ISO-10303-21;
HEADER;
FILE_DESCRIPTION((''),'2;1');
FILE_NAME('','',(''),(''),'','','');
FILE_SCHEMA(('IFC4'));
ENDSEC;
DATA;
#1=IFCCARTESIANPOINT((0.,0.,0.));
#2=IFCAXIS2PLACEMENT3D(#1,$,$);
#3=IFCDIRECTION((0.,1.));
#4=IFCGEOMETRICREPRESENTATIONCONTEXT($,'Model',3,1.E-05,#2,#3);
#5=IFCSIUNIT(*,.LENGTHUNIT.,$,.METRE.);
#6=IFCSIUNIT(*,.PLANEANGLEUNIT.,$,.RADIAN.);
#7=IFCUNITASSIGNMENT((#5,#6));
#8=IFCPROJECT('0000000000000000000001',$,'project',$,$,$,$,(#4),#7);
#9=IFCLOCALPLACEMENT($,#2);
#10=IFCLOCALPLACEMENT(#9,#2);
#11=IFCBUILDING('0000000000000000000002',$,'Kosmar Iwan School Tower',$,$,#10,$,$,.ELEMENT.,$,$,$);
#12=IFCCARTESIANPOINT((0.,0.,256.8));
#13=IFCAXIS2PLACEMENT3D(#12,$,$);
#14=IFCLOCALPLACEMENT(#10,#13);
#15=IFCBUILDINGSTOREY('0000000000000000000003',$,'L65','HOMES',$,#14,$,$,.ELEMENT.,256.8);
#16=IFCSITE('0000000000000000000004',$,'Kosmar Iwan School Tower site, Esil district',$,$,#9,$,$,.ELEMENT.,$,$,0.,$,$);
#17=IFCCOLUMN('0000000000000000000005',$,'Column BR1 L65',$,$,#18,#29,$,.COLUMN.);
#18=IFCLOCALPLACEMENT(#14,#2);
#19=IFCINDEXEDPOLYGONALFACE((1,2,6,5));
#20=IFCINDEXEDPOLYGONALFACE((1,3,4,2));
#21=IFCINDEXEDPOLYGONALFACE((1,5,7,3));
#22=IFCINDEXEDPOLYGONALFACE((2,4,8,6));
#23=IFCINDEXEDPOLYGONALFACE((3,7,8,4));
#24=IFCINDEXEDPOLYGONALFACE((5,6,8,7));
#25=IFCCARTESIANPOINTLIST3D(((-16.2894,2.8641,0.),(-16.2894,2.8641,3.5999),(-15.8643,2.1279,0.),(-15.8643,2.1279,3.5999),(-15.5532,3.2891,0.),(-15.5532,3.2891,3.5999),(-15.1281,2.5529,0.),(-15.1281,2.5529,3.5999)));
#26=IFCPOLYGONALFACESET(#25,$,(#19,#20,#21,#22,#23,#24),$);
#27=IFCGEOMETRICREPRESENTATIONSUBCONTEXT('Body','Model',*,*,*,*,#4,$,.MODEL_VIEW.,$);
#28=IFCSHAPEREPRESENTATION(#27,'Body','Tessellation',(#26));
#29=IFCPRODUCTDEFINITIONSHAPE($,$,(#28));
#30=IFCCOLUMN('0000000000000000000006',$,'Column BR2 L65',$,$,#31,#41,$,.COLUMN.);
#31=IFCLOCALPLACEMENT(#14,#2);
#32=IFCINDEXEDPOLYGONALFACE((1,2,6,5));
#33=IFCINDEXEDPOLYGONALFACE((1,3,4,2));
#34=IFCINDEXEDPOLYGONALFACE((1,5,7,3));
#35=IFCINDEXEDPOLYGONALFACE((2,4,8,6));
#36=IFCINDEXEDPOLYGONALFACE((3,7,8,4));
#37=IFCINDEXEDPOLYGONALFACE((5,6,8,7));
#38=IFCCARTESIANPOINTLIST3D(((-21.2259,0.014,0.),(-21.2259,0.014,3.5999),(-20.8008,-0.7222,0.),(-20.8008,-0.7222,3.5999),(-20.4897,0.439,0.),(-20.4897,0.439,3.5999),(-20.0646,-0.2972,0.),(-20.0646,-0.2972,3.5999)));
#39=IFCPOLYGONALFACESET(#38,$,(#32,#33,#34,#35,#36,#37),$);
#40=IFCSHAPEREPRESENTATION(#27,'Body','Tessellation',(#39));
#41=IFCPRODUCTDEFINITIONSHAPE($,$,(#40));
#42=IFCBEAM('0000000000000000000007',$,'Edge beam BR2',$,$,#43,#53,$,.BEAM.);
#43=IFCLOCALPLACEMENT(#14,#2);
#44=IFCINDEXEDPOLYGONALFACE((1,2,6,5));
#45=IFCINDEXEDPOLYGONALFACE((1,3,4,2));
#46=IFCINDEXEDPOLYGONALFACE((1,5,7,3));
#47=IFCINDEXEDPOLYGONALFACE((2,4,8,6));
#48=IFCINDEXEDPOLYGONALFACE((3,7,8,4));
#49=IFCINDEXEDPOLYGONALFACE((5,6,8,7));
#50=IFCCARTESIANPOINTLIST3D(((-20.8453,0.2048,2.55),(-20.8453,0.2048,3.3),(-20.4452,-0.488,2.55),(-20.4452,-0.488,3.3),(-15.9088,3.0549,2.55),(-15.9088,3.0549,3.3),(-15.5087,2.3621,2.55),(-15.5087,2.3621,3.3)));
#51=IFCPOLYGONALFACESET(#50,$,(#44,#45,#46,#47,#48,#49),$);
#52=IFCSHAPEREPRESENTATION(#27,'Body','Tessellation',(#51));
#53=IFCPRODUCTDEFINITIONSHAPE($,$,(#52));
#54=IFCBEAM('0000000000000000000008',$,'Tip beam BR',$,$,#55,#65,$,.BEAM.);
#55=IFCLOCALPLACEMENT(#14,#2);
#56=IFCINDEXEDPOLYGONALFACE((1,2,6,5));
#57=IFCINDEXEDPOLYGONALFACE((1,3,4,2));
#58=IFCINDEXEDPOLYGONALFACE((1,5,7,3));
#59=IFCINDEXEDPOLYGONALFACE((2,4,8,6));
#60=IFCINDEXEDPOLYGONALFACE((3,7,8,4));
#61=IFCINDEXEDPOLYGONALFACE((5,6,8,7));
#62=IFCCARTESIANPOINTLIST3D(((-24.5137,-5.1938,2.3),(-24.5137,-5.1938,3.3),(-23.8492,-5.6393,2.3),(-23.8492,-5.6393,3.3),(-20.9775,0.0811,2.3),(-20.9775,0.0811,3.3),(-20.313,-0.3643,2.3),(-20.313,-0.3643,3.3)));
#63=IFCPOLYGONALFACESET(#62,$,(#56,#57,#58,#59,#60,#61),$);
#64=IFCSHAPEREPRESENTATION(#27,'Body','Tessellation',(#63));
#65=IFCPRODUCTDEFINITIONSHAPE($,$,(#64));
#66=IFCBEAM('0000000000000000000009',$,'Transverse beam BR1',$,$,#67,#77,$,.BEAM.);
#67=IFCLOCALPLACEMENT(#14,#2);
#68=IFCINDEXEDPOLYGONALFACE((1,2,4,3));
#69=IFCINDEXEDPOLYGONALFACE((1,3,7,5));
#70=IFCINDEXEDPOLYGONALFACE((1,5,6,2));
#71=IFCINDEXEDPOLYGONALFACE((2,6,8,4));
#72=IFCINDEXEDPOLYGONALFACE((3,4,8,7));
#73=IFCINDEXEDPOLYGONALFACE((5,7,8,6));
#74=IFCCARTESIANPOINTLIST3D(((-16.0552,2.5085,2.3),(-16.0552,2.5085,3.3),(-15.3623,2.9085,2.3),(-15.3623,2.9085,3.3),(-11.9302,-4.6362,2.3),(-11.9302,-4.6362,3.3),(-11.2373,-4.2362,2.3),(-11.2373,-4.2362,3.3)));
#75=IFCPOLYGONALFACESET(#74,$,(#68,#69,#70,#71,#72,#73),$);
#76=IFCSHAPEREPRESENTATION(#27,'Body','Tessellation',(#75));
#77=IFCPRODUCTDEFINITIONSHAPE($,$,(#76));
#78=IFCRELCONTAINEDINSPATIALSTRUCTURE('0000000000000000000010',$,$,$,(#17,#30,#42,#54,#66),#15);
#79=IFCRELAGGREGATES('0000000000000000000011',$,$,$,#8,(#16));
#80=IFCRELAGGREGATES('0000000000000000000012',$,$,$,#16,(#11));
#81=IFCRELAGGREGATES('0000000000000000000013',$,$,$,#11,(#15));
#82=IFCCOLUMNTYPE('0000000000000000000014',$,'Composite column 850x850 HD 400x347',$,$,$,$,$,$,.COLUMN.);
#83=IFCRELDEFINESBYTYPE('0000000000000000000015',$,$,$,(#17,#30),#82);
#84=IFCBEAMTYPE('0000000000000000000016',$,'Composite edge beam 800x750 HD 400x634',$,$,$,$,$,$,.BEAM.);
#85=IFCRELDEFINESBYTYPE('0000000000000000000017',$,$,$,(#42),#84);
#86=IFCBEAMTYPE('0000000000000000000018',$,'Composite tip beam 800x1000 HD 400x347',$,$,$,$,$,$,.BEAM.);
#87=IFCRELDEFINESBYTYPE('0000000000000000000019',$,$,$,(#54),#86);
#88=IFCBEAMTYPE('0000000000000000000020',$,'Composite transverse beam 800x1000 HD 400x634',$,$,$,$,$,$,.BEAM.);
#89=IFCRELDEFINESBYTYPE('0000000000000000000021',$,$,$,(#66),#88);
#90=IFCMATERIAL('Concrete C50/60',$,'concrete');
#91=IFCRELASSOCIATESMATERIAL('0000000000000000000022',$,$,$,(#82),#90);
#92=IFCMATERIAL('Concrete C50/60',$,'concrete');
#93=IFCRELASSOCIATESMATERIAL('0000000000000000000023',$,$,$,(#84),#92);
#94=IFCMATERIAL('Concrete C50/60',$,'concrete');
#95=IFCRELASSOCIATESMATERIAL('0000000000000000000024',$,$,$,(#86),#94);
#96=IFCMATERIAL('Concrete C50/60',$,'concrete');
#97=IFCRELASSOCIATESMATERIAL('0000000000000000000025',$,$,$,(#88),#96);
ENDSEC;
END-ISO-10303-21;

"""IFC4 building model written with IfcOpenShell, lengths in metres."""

from ifc_helpers import new_model, si_unit, direction, frame, origin, origin_2d, place, context, subcontext, project, spatial, rectangle, extrude, material, material_profile, profile_set, type_object, element, save


model = new_model("IFC4")

# Units and contexts
model_context = context("Model", 3, precision=1e-05, world=origin(), true_north=direction((0.0, 1.0)))
body_context = subcontext(model_context, "Body", "Model", "MODEL_VIEW")
ifc_project = project(units=[si_unit("LENGTHUNIT", "METRE"), si_unit("PLANEANGLEUNIT", "RADIAN")], contexts=[model_context])

# Site, building, storey
site_placement = place(None, origin())
site = spatial("IfcSite", under=ifc_project, at=site_placement, Name="Kosmar Iwan School Tower site, Esil district", CompositionType="ELEMENT", RefElevation=0.0)
building_placement = place(site_placement, origin())
building = spatial("IfcBuilding", under=site, at=building_placement, Name="Kosmar Iwan School Tower", CompositionType="ELEMENT")
storey_placement = place(building_placement, frame((0.0, 0.0, 256.8)))
storey = spatial("IfcBuildingStorey", under=building, at=storey_placement, Name="L65", Description="HOMES", CompositionType="ELEMENT", Elevation=256.8)

# Columns
ifc_material_1 = material(Name="Concrete C50/60", Category="concrete")
ifc_material_profile_1 = material_profile(ifc_material_1, rectangle(XDim=0.8501, YDim=0.8501, at=origin_2d()), Name="RC 850x850 + HD 400x347")
ifc_profile_set_1 = profile_set([ifc_material_profile_1], Name="Concrete C50/60")
column_type = type_object("IfcColumnType", Name="Composite column 850x850 HD 400x347", PredefinedType="COLUMN", material=ifc_profile_set_1)
for number, where, z_axis, x_axis, name in (
    (1, (-15.7087, 2.7085, 0.0), (0.0, 0.0, 1.0), (-0.866025, -0.5, 0.0), "Column BR1 L65"),
    (2, (-20.6453, -0.1416, 0.0), (0.0, 0.0, 1.0), (-0.866025, -0.5, 0.0), "Column BR2 L65"),
):
    element("IfcColumn", number, at=place(storey_placement, frame(where, z_axis=z_axis, x_axis=x_axis)), inside=storey, type_object=column_type, Name=name, PredefinedType="COLUMN", context=body_context, shape_type="SweptSolid", body=[
        extrude(rectangle(XDim=0.8501, YDim=0.8501, at=origin_2d()), origin(), (0.0, 0.0, 1.0), 3.5999),
    ])

# Beams
ifc_material_2 = material(Name="Concrete C50/60", Category="concrete")
ifc_material_profile_2 = material_profile(ifc_material_2, rectangle(XDim=0.8, YDim=0.75, at=origin_2d()), Name="RC 800x750 + HD 400x634")
ifc_profile_set_2 = profile_set([ifc_material_profile_2], Name="Concrete C50/60")
beam_type_1 = type_object("IfcBeamType", Name="Composite edge beam 800x750 HD 400x634", PredefinedType="BEAM", material=ifc_profile_set_2)
beam_1_placement = place(storey_placement, frame((-15.7087, 2.7085, 2.925), z_axis=(-0.866026, -0.499999, 0.0), x_axis=(0.499999, -0.866026, 0.0)))
element("IfcBeam", 3, at=beam_1_placement, inside=storey, type_object=beam_type_1, Name="Edge beam BR2", PredefinedType="BEAM", context=body_context, shape_type="SweptSolid", body=[
    extrude(rectangle(XDim=0.8, YDim=0.75, at=origin_2d()), origin(), (0.0, 0.0, 1.0), 5.7002),
])
ifc_material_3 = material(Name="Concrete C50/60", Category="concrete")
ifc_material_profile_3 = material_profile(ifc_material_3, rectangle(XDim=0.8, YDim=1.0, at=origin_2d()), Name="RC 800x1000 + HD 400x347")
ifc_profile_set_3 = profile_set([ifc_material_profile_3], Name="Concrete C50/60")
beam_type_2 = type_object("IfcBeamType", Name="Composite tip beam 800x1000 HD 400x347", PredefinedType="BEAM", material=ifc_profile_set_3)
beam_2_placement = place(storey_placement, frame((-20.6453, -0.1416, 2.8), z_axis=(-0.556828, -0.830628, 0.0), x_axis=(0.830628, -0.556828, 0.0)))
element("IfcBeam", 4, at=beam_2_placement, inside=storey, type_object=beam_type_2, Name="Tip beam BR", PredefinedType="BEAM", context=body_context, shape_type="SweptSolid", body=[
    extrude(rectangle(XDim=0.8, YDim=1.0, at=origin_2d()), origin(), (0.0, 0.0, 1.0), 6.3506),
])
ifc_material_4 = material(Name="Concrete C50/60", Category="concrete")
ifc_material_profile_4 = material_profile(ifc_material_4, rectangle(XDim=0.8, YDim=1.0, at=origin_2d()), Name="RC 800x1000 + HD 400x634")
ifc_profile_set_4 = profile_set([ifc_material_profile_4], Name="Concrete C50/60")
beam_type_3 = type_object("IfcBeamType", Name="Composite transverse beam 800x1000 HD 400x634", PredefinedType="BEAM", material=ifc_profile_set_4)
beam_3_placement = place(storey_placement, frame((-15.7087, 2.7085, 2.8), z_axis=(0.499997, -0.866027, 0.0), x_axis=(0.866027, 0.499997, 0.0)))
element("IfcBeam", 5, at=beam_3_placement, inside=storey, type_object=beam_type_3, Name="Transverse beam BR1", PredefinedType="BEAM", context=body_context, shape_type="SweptSolid", body=[
    extrude(rectangle(XDim=0.8, YDim=1.0, at=origin_2d()), origin(), (0.0, 0.0, 1.0), 8.25),
])

save(model, "model.ifc")
